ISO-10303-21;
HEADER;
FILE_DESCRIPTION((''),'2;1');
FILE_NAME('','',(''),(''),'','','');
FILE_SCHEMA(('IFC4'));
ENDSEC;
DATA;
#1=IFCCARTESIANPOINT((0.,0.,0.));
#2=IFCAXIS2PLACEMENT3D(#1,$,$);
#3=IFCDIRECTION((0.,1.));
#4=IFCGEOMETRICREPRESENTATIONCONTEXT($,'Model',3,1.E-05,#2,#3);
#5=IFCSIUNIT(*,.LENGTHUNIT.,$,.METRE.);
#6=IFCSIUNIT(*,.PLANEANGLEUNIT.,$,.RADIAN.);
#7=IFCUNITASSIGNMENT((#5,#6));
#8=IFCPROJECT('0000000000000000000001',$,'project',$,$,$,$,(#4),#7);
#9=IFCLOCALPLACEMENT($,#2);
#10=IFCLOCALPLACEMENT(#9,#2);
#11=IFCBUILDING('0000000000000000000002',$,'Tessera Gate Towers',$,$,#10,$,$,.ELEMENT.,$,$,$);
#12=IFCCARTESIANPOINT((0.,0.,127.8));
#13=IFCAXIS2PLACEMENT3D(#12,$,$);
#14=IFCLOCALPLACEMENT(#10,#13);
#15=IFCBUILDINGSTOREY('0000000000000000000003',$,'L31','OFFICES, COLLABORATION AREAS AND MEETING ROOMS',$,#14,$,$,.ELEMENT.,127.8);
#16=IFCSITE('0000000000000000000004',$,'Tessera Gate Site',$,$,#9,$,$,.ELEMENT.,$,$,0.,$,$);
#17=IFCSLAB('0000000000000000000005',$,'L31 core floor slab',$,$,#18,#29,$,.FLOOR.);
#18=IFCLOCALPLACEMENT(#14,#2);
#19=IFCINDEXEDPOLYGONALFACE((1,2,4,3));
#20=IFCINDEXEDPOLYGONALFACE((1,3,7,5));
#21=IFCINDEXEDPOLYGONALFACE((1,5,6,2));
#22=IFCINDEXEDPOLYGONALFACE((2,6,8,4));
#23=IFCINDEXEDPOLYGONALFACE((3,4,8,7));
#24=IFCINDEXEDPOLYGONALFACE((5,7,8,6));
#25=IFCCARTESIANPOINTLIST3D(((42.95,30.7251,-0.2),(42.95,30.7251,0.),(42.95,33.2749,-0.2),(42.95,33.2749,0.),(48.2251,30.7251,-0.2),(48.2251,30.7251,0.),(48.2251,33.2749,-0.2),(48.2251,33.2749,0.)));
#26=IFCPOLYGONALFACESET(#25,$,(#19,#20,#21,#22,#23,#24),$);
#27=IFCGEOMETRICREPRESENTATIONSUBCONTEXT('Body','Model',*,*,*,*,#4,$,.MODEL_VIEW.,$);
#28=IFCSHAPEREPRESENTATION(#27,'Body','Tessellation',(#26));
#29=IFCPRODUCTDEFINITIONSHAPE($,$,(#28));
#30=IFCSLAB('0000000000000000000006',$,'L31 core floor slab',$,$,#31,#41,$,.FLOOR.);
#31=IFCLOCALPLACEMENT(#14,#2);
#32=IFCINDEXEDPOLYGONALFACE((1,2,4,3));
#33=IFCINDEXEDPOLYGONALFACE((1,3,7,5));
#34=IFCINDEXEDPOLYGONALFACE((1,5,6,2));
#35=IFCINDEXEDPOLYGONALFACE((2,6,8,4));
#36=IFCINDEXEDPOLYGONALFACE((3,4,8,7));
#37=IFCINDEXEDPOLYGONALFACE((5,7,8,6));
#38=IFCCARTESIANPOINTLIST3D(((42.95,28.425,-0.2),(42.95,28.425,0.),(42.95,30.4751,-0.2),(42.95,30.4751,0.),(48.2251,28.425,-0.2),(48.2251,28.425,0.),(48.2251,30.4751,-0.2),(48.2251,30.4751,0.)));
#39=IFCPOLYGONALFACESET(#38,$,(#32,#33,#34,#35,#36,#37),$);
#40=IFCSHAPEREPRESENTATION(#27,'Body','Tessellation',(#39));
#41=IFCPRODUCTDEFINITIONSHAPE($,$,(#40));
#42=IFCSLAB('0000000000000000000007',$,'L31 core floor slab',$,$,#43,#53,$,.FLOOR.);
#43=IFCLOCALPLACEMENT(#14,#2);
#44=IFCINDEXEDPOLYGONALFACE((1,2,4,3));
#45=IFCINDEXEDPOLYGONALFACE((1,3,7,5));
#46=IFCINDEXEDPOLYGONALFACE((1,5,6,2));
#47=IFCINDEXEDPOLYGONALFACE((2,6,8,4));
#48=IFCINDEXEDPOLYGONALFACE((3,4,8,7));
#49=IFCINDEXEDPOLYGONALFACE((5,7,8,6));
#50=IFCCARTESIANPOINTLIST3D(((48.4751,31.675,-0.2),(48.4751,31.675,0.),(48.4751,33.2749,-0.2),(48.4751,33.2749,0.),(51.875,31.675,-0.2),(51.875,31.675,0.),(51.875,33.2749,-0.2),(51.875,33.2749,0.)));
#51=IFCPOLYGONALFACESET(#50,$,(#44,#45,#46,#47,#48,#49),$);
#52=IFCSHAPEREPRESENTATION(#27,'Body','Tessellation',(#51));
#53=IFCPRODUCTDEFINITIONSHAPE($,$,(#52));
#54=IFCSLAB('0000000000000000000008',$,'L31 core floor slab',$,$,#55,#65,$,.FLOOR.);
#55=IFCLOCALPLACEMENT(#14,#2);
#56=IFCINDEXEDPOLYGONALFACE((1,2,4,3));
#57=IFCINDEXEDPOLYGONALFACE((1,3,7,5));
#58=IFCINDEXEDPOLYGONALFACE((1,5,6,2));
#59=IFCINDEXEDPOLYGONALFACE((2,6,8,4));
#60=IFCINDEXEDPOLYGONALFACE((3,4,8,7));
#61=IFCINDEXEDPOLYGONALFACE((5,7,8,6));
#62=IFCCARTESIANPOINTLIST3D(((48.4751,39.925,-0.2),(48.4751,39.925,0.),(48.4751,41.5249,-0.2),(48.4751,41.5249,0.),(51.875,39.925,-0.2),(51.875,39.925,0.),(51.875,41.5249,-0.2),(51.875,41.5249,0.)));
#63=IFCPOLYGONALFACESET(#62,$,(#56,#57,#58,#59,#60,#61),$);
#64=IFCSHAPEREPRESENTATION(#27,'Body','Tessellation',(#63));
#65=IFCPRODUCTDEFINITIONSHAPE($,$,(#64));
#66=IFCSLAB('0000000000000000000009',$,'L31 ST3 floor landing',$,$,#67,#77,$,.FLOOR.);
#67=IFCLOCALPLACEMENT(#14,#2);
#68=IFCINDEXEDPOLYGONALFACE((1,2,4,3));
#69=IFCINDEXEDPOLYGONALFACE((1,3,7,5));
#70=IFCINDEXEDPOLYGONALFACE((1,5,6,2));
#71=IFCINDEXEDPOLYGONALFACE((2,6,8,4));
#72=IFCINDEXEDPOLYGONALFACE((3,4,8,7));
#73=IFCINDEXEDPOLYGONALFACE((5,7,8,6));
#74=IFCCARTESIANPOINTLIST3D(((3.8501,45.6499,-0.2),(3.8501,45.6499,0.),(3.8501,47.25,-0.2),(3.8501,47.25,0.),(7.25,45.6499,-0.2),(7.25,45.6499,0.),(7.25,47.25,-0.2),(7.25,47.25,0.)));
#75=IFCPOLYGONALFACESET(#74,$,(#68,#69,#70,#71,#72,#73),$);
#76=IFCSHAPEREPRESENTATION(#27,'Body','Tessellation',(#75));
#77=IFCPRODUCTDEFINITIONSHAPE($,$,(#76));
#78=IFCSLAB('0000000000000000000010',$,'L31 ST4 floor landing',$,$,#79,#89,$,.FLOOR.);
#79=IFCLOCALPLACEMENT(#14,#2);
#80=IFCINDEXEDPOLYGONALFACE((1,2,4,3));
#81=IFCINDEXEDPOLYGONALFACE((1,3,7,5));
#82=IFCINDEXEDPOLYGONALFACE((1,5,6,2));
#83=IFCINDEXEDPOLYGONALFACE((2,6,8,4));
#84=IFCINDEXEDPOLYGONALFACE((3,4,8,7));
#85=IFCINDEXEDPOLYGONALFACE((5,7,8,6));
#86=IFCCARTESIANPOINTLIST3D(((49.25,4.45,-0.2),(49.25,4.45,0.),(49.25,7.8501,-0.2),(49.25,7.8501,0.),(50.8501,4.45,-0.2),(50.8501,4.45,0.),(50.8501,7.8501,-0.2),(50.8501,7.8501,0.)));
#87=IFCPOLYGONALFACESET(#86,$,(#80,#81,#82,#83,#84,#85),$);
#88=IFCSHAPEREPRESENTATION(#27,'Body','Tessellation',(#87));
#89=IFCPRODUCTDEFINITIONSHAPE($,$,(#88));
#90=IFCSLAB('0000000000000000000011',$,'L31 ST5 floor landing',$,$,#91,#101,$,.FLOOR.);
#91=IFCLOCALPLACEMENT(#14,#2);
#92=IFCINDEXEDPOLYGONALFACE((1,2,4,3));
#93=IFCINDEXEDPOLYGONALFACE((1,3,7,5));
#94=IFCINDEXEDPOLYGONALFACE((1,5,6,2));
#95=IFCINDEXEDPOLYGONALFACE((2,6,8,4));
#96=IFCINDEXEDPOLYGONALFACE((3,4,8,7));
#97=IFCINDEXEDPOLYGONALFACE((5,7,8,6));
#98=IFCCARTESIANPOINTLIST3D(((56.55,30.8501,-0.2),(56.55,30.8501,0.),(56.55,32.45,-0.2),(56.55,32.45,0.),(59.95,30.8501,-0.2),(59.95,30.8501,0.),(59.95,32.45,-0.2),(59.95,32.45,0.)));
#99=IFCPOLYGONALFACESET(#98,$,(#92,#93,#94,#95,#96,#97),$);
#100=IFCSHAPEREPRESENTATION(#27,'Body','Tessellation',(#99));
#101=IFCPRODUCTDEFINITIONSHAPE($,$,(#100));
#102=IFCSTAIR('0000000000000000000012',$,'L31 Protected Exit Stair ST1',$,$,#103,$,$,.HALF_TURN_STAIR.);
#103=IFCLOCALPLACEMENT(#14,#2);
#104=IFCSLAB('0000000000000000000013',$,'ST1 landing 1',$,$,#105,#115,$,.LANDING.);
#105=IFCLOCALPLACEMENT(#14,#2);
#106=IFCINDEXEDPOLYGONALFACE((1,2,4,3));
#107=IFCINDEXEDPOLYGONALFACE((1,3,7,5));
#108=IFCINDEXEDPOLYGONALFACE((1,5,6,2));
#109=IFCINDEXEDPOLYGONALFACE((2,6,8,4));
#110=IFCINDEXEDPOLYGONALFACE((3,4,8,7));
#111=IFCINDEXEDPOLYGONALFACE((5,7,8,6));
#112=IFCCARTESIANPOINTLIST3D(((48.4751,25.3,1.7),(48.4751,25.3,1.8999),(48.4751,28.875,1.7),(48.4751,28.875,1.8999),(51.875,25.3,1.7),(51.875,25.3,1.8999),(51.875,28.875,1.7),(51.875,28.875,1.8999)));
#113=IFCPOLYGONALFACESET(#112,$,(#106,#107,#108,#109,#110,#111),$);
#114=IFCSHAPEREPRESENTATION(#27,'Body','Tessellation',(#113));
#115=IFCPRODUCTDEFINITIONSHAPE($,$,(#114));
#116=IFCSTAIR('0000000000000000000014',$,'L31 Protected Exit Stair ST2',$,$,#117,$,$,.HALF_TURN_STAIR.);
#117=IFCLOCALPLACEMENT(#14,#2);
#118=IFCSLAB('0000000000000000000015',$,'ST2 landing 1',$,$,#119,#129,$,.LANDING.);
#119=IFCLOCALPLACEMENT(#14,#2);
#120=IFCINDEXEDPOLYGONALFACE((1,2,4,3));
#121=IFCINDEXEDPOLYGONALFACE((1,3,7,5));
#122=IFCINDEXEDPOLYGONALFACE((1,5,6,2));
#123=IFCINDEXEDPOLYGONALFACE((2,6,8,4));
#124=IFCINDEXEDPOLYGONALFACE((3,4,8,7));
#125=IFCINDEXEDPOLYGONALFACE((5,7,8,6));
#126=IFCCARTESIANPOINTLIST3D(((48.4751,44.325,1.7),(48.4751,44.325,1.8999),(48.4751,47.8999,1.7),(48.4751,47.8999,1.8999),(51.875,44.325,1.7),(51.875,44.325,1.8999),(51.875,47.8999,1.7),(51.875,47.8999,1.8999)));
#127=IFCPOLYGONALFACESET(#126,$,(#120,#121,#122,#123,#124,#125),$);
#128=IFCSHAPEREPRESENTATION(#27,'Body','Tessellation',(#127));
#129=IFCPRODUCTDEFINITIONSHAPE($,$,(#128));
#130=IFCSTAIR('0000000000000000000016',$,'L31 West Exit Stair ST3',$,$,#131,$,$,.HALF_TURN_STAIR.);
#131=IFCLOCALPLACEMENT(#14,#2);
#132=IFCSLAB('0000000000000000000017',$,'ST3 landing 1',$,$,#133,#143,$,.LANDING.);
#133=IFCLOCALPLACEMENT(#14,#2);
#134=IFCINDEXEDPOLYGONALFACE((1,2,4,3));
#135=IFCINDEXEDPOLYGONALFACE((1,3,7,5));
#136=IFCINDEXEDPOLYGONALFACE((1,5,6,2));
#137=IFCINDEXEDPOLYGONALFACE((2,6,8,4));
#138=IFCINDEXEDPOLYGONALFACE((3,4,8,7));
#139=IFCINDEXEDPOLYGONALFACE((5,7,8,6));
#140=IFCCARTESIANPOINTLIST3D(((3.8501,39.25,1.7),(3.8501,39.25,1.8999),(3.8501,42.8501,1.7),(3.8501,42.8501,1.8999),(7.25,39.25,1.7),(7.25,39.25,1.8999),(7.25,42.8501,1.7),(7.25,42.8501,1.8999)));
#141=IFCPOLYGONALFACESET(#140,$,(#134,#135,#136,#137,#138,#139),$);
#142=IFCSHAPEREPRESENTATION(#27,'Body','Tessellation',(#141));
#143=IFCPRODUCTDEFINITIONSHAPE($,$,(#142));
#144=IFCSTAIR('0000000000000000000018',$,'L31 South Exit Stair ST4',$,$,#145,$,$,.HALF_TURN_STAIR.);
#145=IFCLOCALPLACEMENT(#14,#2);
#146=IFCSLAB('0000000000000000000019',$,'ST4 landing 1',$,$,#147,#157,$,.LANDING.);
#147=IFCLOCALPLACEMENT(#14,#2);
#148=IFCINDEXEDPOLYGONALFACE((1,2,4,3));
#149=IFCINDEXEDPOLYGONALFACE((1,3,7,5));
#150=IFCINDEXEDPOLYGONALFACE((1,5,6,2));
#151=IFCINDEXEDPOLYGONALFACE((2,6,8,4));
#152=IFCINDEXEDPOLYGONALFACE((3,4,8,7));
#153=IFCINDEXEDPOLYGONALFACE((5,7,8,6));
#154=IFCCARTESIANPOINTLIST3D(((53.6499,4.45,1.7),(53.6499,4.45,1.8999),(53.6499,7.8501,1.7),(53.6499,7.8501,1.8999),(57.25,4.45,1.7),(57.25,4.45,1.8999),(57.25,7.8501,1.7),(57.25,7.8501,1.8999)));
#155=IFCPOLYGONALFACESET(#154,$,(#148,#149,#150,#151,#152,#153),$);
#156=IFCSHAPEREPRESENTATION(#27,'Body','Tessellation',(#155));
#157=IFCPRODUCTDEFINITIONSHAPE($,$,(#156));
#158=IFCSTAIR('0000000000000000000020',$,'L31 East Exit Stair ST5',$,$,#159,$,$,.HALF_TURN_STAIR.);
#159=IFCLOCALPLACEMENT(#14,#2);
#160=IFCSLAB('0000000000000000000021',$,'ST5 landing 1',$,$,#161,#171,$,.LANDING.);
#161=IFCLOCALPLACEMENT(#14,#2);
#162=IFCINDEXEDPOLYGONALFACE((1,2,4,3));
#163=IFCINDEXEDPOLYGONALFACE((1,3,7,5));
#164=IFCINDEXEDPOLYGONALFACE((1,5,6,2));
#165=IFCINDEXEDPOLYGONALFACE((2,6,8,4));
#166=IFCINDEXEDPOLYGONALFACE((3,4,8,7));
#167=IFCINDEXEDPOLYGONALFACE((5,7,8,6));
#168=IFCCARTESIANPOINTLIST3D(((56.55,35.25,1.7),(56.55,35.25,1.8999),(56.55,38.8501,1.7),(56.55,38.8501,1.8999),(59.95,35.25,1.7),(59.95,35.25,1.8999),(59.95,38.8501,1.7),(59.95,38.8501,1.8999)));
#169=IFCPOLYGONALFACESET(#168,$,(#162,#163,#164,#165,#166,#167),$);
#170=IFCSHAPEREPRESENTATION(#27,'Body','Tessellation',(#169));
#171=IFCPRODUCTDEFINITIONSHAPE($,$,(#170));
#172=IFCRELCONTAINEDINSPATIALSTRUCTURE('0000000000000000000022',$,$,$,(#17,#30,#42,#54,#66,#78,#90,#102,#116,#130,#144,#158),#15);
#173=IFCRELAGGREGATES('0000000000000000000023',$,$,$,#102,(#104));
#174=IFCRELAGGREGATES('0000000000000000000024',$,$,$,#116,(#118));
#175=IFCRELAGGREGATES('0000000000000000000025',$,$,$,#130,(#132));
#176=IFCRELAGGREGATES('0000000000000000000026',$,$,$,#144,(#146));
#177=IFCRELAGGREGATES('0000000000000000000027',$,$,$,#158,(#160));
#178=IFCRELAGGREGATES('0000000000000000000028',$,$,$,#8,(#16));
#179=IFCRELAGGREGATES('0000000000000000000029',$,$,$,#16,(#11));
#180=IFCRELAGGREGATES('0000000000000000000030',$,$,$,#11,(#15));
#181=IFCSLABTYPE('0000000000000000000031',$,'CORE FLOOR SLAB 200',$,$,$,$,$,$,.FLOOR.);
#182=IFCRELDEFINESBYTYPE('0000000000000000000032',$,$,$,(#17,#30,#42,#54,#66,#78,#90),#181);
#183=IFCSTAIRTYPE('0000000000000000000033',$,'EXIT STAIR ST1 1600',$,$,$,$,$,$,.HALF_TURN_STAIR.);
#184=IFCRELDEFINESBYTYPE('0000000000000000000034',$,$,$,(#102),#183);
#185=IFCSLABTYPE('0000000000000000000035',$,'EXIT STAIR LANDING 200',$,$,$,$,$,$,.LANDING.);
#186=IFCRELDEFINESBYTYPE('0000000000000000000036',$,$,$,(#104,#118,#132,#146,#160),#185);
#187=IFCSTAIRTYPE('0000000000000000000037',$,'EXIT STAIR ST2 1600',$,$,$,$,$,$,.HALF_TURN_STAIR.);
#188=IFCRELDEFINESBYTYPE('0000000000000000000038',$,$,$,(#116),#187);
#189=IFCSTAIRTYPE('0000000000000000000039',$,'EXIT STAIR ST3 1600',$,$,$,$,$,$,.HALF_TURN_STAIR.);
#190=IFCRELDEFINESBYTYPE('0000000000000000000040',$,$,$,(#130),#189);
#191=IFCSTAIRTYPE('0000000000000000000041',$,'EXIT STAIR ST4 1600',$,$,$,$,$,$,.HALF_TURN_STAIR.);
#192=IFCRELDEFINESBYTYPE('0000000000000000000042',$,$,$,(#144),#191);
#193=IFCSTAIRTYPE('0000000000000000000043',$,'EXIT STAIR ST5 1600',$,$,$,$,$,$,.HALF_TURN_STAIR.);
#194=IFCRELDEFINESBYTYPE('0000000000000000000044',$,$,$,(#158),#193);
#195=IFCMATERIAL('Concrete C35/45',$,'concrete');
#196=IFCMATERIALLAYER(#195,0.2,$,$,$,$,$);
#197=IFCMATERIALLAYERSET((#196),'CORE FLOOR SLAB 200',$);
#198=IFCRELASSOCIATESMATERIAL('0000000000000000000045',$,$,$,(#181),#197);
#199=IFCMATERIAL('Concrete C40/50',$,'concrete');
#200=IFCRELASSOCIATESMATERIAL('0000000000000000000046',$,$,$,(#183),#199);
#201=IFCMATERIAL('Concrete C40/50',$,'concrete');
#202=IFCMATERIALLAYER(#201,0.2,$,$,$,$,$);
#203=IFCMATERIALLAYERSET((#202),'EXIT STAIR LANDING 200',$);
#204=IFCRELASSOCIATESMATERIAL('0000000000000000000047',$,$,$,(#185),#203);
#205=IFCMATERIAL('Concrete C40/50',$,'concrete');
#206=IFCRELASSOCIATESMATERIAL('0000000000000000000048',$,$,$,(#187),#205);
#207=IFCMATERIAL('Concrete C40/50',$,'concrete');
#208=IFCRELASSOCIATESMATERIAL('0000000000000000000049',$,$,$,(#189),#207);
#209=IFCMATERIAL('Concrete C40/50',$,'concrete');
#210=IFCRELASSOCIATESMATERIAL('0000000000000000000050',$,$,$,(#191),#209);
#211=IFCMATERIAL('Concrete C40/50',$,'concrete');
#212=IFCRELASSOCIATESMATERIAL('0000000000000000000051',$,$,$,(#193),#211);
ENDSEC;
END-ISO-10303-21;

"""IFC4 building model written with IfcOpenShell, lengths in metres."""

from ifc_helpers import new_model, si_unit, direction, frame, origin, place, context, subcontext, project, spatial, polyline, outline, extrude, material, layer, layer_set, type_object, element, aggregate, save


model = new_model("IFC4")

# Units and contexts
model_context = context("Model", 3, precision=1e-05, world=origin(), true_north=direction((0.0, 1.0)))
body_context = subcontext(model_context, "Body", "Model", "MODEL_VIEW")
ifc_project = project(units=[si_unit("LENGTHUNIT", "METRE"), si_unit("PLANEANGLEUNIT", "RADIAN")], contexts=[model_context])

# Site, building, storey
site_placement = place(None, origin())
site = spatial("IfcSite", under=ifc_project, at=site_placement, Name="Tessera Gate Site", CompositionType="ELEMENT", RefElevation=0.0)
building_placement = place(site_placement, origin())
building = spatial("IfcBuilding", under=site, at=building_placement, Name="Tessera Gate Towers", CompositionType="ELEMENT")
storey_placement = place(building_placement, frame((0.0, 0.0, 127.8)))
storey = spatial("IfcBuildingStorey", under=building, at=storey_placement, Name="L31", Description="OFFICES, COLLABORATION AREAS AND MEETING ROOMS", CompositionType="ELEMENT", Elevation=127.8)

# Slabs
ifc_material_1 = material(Name="Concrete C35/45", Category="concrete")
ifc_layer_1 = layer(ifc_material_1, 0.2)
ifc_layer_set_1 = layer_set([ifc_layer_1], Name="CORE FLOOR SLAB 200")
slab_type_1 = type_object("IfcSlabType", Name="CORE FLOOR SLAB 200", PredefinedType="FLOOR", material=ifc_layer_set_1)
slab_1_placement = place(storey_placement, frame((0.0, 0.0, -0.2)))
element("IfcSlab", 1, at=slab_1_placement, inside=storey, type_object=slab_type_1, Name="L31 core floor slab", PredefinedType="FLOOR", context=body_context, shape_type="SweptSolid", body=[
    extrude(outline(polyline([(42.95, 33.2749), (42.95, 30.7251), (48.2251, 30.7251), (48.2251, 33.2749), (42.95, 33.2749)])), origin(), (0.0, 0.0, 1.0), 0.2),
])
slab_2_placement = place(storey_placement, frame((0.0, 0.0, -0.2)))
element("IfcSlab", 2, at=slab_2_placement, inside=storey, type_object=slab_type_1, Name="L31 core floor slab", PredefinedType="FLOOR", context=body_context, shape_type="SweptSolid", body=[
    extrude(outline(polyline([(48.2251, 30.4751), (42.95, 30.4751), (42.95, 28.425), (48.2251, 28.425), (48.2251, 30.4751)])), origin(), (0.0, 0.0, 1.0), 0.2),
])
slab_3_placement = place(storey_placement, frame((0.0, 0.0, -0.2)))
element("IfcSlab", 3, at=slab_3_placement, inside=storey, type_object=slab_type_1, Name="L31 core floor slab", PredefinedType="FLOOR", context=body_context, shape_type="SweptSolid", body=[
    extrude(outline(polyline([(51.875, 31.675), (51.875, 33.2749), (48.4751, 33.2749), (48.4751, 31.675), (51.875, 31.675)])), origin(), (0.0, 0.0, 1.0), 0.2),
])
slab_4_placement = place(storey_placement, frame((0.0, 0.0, -0.2)))
element("IfcSlab", 4, at=slab_4_placement, inside=storey, type_object=slab_type_1, Name="L31 core floor slab", PredefinedType="FLOOR", context=body_context, shape_type="SweptSolid", body=[
    extrude(outline(polyline([(48.4751, 41.5249), (48.4751, 39.925), (51.875, 39.925), (51.875, 41.5249), (48.4751, 41.5249)])), origin(), (0.0, 0.0, 1.0), 0.2),
])
slab_5_placement = place(storey_placement, frame((0.0, 0.0, -0.2)))
element("IfcSlab", 5, at=slab_5_placement, inside=storey, type_object=slab_type_1, Name="L31 ST3 floor landing", PredefinedType="FLOOR", context=body_context, shape_type="SweptSolid", body=[
    extrude(outline(polyline([(3.8501, 47.25), (3.8501, 45.6499), (7.25, 45.6499), (7.25, 47.25), (3.8501, 47.25)])), origin(), (0.0, 0.0, 1.0), 0.2),
])
slab_6_placement = place(storey_placement, frame((0.0, 0.0, -0.2)))
element("IfcSlab", 6, at=slab_6_placement, inside=storey, type_object=slab_type_1, Name="L31 ST4 floor landing", PredefinedType="FLOOR", context=body_context, shape_type="SweptSolid", body=[
    extrude(outline(polyline([(49.25, 4.45), (50.8501, 4.45), (50.8501, 7.8501), (49.25, 7.8501), (49.25, 4.45)])), origin(), (0.0, 0.0, 1.0), 0.2),
])
slab_7_placement = place(storey_placement, frame((0.0, 0.0, -0.2)))
element("IfcSlab", 7, at=slab_7_placement, inside=storey, type_object=slab_type_1, Name="L31 ST5 floor landing", PredefinedType="FLOOR", context=body_context, shape_type="SweptSolid", body=[
    extrude(outline(polyline([(59.95, 30.8501), (59.95, 32.45), (56.55, 32.45), (56.55, 30.8501), (59.95, 30.8501)])), origin(), (0.0, 0.0, 1.0), 0.2),
])

# Stairs, slabs
ifc_material_2 = material(Name="Concrete C40/50", Category="concrete")
stair_type_1 = type_object("IfcStairType", Name="EXIT STAIR ST1 1600", PredefinedType="HALF_TURN_STAIR", material=ifc_material_2)
stair_1_placement = place(storey_placement, origin())
stair_1 = element("IfcStair", 8, at=stair_1_placement, inside=storey, type_object=stair_type_1, Name="L31 Protected Exit Stair ST1", PredefinedType="HALF_TURN_STAIR")
ifc_material_3 = material(Name="Concrete C40/50", Category="concrete")
ifc_layer_2 = layer(ifc_material_3, 0.2)
ifc_layer_set_2 = layer_set([ifc_layer_2], Name="EXIT STAIR LANDING 200")
slab_type_2 = type_object("IfcSlabType", Name="EXIT STAIR LANDING 200", PredefinedType="LANDING", material=ifc_layer_set_2)
slab_8_placement = place(storey_placement, frame((0.0, 0.0, 1.7)))
slab_8 = element("IfcSlab", 9, at=slab_8_placement, type_object=slab_type_2, Name="ST1 landing 1", PredefinedType="LANDING", context=body_context, shape_type="SweptSolid", body=[
    extrude(outline(polyline([(48.4751, 28.875), (48.4751, 25.3), (51.875, 25.3), (51.875, 28.875), (48.4751, 28.875)])), origin(), (0.0, 0.0, 1.0), 0.2),
])
aggregate(stair_1, [slab_8])
ifc_material_4 = material(Name="Concrete C40/50", Category="concrete")
stair_type_2 = type_object("IfcStairType", Name="EXIT STAIR ST2 1600", PredefinedType="HALF_TURN_STAIR", material=ifc_material_4)
stair_2_placement = place(storey_placement, origin())
stair_2 = element("IfcStair", 10, at=stair_2_placement, inside=storey, type_object=stair_type_2, Name="L31 Protected Exit Stair ST2", PredefinedType="HALF_TURN_STAIR")
slab_9_placement = place(storey_placement, frame((0.0, 0.0, 1.7)))
slab_9 = element("IfcSlab", 11, at=slab_9_placement, type_object=slab_type_2, Name="ST2 landing 1", PredefinedType="LANDING", context=body_context, shape_type="SweptSolid", body=[
    extrude(outline(polyline([(51.875, 44.325), (51.875, 47.8999), (48.4751, 47.8999), (48.4751, 44.325), (51.875, 44.325)])), origin(), (0.0, 0.0, 1.0), 0.2),
])
aggregate(stair_2, [slab_9])
ifc_material_5 = material(Name="Concrete C40/50", Category="concrete")
stair_type_3 = type_object("IfcStairType", Name="EXIT STAIR ST3 1600", PredefinedType="HALF_TURN_STAIR", material=ifc_material_5)
stair_3_placement = place(storey_placement, origin())
stair_3 = element("IfcStair", 12, at=stair_3_placement, inside=storey, type_object=stair_type_3, Name="L31 West Exit Stair ST3", PredefinedType="HALF_TURN_STAIR")
slab_10_placement = place(storey_placement, frame((0.0, 0.0, 1.7)))
slab_10 = element("IfcSlab", 13, at=slab_10_placement, type_object=slab_type_2, Name="ST3 landing 1", PredefinedType="LANDING", context=body_context, shape_type="SweptSolid", body=[
    extrude(outline(polyline([(3.8501, 42.8501), (3.8501, 39.25), (7.25, 39.25), (7.25, 42.8501), (3.8501, 42.8501)])), origin(), (0.0, 0.0, 1.0), 0.2),
])
aggregate(stair_3, [slab_10])
ifc_material_6 = material(Name="Concrete C40/50", Category="concrete")
stair_type_4 = type_object("IfcStairType", Name="EXIT STAIR ST4 1600", PredefinedType="HALF_TURN_STAIR", material=ifc_material_6)
stair_4_placement = place(storey_placement, origin())
stair_4 = element("IfcStair", 14, at=stair_4_placement, inside=storey, type_object=stair_type_4, Name="L31 South Exit Stair ST4", PredefinedType="HALF_TURN_STAIR")
slab_11_placement = place(storey_placement, frame((0.0, 0.0, 1.7)))
slab_11 = element("IfcSlab", 15, at=slab_11_placement, type_object=slab_type_2, Name="ST4 landing 1", PredefinedType="LANDING", context=body_context, shape_type="SweptSolid", body=[
    extrude(outline(polyline([(53.6499, 4.45), (57.25, 4.45), (57.25, 7.8501), (53.6499, 7.8501), (53.6499, 4.45)])), origin(), (0.0, 0.0, 1.0), 0.2),
])
aggregate(stair_4, [slab_11])
ifc_material_7 = material(Name="Concrete C40/50", Category="concrete")
stair_type_5 = type_object("IfcStairType", Name="EXIT STAIR ST5 1600", PredefinedType="HALF_TURN_STAIR", material=ifc_material_7)
stair_5_placement = place(storey_placement, origin())
stair_5 = element("IfcStair", 16, at=stair_5_placement, inside=storey, type_object=stair_type_5, Name="L31 East Exit Stair ST5", PredefinedType="HALF_TURN_STAIR")
slab_12_placement = place(storey_placement, frame((0.0, 0.0, 1.7)))
slab_12 = element("IfcSlab", 17, at=slab_12_placement, type_object=slab_type_2, Name="ST5 landing 1", PredefinedType="LANDING", context=body_context, shape_type="SweptSolid", body=[
    extrude(outline(polyline([(59.95, 35.25), (59.95, 38.8501), (56.55, 38.8501), (56.55, 35.25), (59.95, 35.25)])), origin(), (0.0, 0.0, 1.0), 0.2),
])
aggregate(stair_5, [slab_12])

save(model, "model.ifc")
